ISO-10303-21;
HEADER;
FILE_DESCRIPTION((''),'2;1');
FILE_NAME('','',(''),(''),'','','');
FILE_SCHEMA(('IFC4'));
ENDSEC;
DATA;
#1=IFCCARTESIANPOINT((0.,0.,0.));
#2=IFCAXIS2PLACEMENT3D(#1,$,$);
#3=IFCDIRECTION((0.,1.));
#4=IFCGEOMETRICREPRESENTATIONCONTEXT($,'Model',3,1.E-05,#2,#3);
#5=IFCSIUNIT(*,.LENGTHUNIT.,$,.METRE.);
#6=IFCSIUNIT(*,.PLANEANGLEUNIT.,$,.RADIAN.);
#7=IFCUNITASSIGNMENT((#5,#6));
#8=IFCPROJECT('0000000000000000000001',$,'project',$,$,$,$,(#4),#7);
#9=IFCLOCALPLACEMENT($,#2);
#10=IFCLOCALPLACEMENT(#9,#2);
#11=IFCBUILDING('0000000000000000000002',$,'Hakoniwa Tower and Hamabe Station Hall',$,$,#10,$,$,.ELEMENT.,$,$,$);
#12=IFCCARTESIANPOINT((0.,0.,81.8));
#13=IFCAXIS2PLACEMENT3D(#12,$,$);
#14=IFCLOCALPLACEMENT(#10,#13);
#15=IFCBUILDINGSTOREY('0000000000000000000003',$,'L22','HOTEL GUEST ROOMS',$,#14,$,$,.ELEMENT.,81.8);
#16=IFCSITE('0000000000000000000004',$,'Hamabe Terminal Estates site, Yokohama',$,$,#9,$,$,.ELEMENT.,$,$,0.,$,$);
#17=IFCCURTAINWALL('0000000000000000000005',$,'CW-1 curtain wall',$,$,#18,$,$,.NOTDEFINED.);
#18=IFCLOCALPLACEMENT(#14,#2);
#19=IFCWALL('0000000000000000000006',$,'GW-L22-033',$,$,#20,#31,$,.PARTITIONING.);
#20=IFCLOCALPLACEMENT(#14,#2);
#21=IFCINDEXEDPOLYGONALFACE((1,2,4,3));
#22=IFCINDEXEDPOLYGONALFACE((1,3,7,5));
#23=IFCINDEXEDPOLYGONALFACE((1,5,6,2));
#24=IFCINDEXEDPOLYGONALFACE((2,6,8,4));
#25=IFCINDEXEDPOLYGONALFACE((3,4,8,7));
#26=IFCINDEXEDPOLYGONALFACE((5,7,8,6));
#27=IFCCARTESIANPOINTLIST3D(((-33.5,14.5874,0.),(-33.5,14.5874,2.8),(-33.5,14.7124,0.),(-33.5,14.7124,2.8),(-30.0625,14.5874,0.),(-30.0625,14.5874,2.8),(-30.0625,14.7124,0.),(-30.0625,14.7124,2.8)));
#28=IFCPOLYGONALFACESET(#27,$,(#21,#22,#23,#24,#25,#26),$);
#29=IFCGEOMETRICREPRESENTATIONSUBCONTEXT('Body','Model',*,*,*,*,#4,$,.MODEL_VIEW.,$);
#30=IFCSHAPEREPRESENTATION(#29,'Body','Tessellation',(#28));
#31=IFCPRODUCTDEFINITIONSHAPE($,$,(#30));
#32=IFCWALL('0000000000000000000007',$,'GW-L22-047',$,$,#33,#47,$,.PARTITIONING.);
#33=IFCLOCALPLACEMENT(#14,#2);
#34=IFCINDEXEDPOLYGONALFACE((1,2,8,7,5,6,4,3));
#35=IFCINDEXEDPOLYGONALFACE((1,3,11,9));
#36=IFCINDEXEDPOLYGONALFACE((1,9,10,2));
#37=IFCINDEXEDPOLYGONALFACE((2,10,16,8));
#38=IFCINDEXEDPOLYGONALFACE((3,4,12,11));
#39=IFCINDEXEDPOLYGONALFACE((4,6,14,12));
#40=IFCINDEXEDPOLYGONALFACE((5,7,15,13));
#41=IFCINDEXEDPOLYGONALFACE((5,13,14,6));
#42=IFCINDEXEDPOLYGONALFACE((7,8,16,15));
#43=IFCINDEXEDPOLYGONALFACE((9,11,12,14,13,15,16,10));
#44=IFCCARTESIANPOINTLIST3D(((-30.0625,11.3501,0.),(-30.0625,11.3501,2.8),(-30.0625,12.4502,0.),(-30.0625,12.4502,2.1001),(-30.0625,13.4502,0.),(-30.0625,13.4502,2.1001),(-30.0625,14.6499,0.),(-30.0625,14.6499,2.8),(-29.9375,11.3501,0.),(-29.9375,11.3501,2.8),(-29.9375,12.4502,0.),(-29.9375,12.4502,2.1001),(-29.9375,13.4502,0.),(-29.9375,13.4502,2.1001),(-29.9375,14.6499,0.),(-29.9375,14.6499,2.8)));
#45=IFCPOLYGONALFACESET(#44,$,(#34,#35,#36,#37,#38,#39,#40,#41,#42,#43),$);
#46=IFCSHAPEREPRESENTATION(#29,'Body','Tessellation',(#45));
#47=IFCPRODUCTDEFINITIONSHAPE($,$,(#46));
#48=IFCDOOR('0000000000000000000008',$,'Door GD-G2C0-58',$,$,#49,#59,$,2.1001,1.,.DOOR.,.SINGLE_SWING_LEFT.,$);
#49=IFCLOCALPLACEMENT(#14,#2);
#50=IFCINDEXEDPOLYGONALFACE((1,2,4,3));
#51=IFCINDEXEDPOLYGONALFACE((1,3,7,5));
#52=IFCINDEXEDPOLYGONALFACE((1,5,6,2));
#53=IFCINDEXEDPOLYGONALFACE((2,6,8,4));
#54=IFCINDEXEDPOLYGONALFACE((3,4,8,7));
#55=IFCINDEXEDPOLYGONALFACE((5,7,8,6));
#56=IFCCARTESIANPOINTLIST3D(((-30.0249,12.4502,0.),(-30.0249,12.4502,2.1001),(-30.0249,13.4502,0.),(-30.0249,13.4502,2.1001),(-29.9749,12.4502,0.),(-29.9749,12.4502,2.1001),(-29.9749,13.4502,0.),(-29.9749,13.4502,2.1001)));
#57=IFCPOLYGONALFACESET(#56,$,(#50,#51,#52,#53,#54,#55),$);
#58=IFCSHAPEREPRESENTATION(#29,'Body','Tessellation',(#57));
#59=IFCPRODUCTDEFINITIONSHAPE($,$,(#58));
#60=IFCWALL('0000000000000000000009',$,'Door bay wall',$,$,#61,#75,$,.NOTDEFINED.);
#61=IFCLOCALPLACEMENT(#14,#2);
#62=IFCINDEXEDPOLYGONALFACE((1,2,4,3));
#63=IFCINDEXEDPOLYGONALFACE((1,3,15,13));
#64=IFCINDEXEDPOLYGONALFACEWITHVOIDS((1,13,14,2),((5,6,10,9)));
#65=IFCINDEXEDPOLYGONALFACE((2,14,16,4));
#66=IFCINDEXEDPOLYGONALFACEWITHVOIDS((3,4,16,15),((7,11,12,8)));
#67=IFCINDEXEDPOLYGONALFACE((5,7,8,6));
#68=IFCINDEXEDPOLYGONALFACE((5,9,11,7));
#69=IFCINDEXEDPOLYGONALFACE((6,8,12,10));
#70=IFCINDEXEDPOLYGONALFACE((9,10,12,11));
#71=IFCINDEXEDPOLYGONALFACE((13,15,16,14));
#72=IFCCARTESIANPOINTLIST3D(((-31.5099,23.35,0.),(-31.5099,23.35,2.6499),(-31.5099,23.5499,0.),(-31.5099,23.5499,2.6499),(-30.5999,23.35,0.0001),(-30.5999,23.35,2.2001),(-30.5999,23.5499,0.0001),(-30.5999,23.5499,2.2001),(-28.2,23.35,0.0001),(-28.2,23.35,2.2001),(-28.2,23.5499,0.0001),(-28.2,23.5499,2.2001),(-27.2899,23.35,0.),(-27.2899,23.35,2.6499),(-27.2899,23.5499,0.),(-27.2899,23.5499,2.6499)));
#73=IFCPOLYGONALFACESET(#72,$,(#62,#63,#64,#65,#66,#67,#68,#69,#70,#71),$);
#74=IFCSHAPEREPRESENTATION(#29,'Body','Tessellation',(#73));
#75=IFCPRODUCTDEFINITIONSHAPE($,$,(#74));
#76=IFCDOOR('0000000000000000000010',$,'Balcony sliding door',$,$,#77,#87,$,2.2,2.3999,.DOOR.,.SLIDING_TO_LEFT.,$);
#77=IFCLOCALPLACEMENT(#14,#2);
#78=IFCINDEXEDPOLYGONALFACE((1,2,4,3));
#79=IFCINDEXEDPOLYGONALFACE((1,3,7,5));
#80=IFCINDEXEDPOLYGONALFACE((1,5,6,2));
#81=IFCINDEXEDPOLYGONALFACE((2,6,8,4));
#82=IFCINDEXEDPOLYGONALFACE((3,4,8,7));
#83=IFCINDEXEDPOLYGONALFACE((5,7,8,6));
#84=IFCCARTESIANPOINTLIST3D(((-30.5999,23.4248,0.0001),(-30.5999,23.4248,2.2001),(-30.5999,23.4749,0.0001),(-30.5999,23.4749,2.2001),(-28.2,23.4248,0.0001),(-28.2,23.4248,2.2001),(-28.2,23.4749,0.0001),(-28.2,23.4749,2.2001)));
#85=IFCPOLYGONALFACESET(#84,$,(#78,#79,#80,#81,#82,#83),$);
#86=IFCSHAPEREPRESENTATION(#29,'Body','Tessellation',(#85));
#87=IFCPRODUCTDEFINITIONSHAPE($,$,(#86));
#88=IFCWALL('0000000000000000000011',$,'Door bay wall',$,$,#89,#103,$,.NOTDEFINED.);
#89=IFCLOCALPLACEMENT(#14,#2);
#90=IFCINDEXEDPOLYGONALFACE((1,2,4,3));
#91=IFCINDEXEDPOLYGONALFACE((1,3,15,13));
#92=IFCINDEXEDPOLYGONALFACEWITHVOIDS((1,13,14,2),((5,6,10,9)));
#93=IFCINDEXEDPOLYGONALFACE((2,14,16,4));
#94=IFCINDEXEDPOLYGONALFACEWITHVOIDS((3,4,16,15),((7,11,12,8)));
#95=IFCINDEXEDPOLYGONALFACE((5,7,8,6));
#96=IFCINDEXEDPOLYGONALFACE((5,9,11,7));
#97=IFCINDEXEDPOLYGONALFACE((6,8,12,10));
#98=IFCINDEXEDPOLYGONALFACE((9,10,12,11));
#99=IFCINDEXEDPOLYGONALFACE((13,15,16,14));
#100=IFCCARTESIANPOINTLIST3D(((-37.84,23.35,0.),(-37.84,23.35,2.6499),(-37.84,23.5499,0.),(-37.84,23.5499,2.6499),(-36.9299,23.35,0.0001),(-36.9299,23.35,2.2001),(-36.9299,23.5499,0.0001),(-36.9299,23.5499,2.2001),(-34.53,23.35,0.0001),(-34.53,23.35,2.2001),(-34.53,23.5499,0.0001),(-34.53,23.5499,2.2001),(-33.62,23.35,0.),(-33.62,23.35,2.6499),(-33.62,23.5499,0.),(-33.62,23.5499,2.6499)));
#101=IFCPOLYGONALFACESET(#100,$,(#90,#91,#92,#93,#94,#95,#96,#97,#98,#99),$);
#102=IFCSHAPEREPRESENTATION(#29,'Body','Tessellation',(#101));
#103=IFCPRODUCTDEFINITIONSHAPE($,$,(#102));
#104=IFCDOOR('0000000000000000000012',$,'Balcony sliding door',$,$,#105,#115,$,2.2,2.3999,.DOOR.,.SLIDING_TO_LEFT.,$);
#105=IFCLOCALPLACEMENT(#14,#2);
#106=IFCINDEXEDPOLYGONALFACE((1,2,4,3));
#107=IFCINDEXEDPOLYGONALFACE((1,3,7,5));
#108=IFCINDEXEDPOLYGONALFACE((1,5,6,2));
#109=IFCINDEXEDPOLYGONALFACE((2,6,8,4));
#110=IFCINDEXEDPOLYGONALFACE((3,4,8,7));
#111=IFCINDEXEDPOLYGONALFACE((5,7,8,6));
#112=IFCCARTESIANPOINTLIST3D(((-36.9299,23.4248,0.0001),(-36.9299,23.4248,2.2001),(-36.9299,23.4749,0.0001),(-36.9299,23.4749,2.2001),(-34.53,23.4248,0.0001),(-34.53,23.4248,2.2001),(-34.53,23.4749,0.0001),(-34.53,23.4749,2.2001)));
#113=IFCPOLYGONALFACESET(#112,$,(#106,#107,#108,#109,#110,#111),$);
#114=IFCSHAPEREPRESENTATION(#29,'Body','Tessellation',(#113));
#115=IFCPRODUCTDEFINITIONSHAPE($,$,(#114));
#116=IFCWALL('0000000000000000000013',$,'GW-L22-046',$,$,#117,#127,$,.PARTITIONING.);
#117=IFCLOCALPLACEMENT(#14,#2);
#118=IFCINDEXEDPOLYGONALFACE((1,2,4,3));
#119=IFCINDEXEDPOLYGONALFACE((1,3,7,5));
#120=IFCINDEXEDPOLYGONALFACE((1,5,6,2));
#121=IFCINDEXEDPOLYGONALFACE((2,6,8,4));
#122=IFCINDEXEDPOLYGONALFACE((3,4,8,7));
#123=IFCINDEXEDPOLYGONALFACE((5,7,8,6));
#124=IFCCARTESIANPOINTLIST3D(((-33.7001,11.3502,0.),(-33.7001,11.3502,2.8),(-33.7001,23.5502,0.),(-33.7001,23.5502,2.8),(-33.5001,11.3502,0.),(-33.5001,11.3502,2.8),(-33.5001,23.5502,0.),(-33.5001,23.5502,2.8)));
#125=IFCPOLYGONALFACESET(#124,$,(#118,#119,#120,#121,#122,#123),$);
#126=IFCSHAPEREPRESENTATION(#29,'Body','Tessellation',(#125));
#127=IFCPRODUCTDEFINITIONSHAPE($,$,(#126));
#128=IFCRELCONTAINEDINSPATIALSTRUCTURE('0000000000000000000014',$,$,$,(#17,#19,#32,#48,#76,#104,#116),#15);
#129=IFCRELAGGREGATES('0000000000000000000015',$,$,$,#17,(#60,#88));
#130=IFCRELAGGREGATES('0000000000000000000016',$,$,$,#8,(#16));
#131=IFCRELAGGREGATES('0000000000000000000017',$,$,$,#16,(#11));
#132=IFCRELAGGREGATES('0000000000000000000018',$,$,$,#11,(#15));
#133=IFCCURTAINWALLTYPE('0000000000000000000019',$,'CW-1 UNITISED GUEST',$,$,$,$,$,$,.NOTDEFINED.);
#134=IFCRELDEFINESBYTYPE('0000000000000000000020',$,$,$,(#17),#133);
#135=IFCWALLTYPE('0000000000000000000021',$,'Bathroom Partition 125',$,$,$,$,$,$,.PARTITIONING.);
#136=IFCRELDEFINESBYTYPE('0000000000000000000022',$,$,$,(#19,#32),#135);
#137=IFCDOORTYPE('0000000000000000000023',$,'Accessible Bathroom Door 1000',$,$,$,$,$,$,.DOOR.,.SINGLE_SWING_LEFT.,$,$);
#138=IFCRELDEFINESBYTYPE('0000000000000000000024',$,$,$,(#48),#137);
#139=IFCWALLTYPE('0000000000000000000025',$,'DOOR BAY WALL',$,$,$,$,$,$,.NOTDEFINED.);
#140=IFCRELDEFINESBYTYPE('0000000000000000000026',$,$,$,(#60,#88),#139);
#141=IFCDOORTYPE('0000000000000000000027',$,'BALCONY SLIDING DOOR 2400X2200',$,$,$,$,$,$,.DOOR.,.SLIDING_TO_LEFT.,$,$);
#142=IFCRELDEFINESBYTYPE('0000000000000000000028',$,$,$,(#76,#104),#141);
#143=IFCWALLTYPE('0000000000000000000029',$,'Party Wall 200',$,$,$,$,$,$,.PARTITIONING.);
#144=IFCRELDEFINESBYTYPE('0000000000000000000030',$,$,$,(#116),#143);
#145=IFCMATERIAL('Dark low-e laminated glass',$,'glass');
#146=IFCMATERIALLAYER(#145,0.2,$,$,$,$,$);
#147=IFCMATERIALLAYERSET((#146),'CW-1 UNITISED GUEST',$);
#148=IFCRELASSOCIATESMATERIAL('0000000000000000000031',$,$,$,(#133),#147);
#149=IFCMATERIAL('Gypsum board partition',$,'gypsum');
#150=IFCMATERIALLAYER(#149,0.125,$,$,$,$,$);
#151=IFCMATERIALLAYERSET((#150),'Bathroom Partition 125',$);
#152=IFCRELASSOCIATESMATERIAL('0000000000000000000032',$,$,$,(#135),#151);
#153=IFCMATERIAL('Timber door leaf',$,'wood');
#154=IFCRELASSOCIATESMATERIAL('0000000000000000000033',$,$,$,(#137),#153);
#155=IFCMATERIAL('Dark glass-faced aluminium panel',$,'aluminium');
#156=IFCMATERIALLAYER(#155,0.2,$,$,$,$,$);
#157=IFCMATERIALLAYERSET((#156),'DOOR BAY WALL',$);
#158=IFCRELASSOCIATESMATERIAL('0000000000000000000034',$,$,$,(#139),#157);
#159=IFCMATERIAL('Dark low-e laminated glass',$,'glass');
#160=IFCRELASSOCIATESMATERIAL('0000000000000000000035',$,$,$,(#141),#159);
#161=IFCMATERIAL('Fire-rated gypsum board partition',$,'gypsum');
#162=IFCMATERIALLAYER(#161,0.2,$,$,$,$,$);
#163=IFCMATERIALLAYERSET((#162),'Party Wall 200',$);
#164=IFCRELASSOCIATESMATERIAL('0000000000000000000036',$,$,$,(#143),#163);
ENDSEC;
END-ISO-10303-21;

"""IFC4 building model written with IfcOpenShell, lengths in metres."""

from ifc_helpers import new_model, si_unit, direction, frame, frame_2d, origin, place, context, subcontext, project, spatial, rectangle, extrude, material, layer, layer_set, type_object, element, fill, aggregate, save


model = new_model("IFC4")

# Units and contexts
model_context = context("Model", 3, precision=1e-05, world=origin(), true_north=direction((0.0, 1.0)))
body_context = subcontext(model_context, "Body", "Model", "MODEL_VIEW")
ifc_project = project(units=[si_unit("LENGTHUNIT", "METRE"), si_unit("PLANEANGLEUNIT", "RADIAN")], contexts=[model_context])

# Site, building, storey
site_placement = place(None, origin())
site = spatial("IfcSite", under=ifc_project, at=site_placement, Name="Hamabe Terminal Estates site, Yokohama", CompositionType="ELEMENT", RefElevation=0.0)
building_placement = place(site_placement, origin())
building = spatial("IfcBuilding", under=site, at=building_placement, Name="Hakoniwa Tower and Hamabe Station Hall", CompositionType="ELEMENT")
storey_placement = place(building_placement, frame((0.0, 0.0, 81.8)))
storey = spatial("IfcBuildingStorey", under=building, at=storey_placement, Name="L22", Description="HOTEL GUEST ROOMS", CompositionType="ELEMENT", Elevation=81.8)

# Curtain wall
ifc_material_1 = material(Name="Dark low-e laminated glass", Category="glass")
ifc_layer_1 = layer(ifc_material_1, 0.2)
ifc_layer_set_1 = layer_set([ifc_layer_1], Name="CW-1 UNITISED GUEST")
curtain_wall_type = type_object("IfcCurtainWallType", Name="CW-1 UNITISED GUEST", PredefinedType="NOTDEFINED", material=ifc_layer_set_1)
curtain_wall_1_placement = place(storey_placement, origin())
curtain_wall_1 = element("IfcCurtainWall", 1, at=curtain_wall_1_placement, inside=storey, type_object=curtain_wall_type, Name="CW-1 curtain wall", PredefinedType="NOTDEFINED")

# Wall
ifc_material_2 = material(Name="Gypsum board partition", Category="gypsum")
ifc_layer_2 = layer(ifc_material_2, 0.125)
ifc_layer_set_2 = layer_set([ifc_layer_2], Name="Bathroom Partition 125")
wall_type_1 = type_object("IfcWallType", Name="Bathroom Partition 125", PredefinedType="PARTITIONING", material=ifc_layer_set_2)
wall_1_placement = place(storey_placement, frame((-33.5, 14.6499, 0.0), z_axis=(0.0, 0.0, 1.0), x_axis=(1.0, 0.0, 0.0)))
element("IfcWall", 2, at=wall_1_placement, inside=storey, type_object=wall_type_1, Name="GW-L22-033", PredefinedType="PARTITIONING", context=body_context, shape_type="SweptSolid", body=[
    extrude(rectangle(XDim=3.4375, YDim=0.125, at=frame_2d((1.7188, 0.0))), origin(), (0.0, 0.0, 1.0), 2.8),
])

# Walls, openings, doors
wall_2_placement = place(storey_placement, frame((-30.0, 11.3501, 0.0), z_axis=(0.0, 0.0, 1.0), x_axis=(0.0, 1.0, 0.0)))
wall_2 = element("IfcWall", 3, at=wall_2_placement, inside=storey, type_object=wall_type_1, Name="GW-L22-047", PredefinedType="PARTITIONING", context=body_context, shape_type="SweptSolid", body=[
    extrude(rectangle(XDim=3.2998, YDim=0.125, at=frame_2d((1.6499, 0.0))), origin(), (0.0, 0.0, 1.0), 2.8),
])
opening_1_placement = place(wall_2_placement, frame((1.1001, 0.0, 0.0)))
opening_1 = element("IfcOpeningElement", 4, at=opening_1_placement, cuts=wall_2, PredefinedType="OPENING", context=body_context, shape_type="SweptSolid", body=[
    extrude(rectangle(XDim=1.0, YDim=2.1001, at=frame_2d((0.5, 1.05))), frame((0.0, 0.0725, 0.0), z_axis=(0.0, -1.0, 0.0), x_axis=(1.0, 0.0, 0.0)), (0.0, 0.0, 1.0), 0.145),
])
ifc_material_3 = material(Name="Timber door leaf", Category="wood")
door_type_1 = type_object("IfcDoorType", Name="Accessible Bathroom Door 1000", OperationType="SINGLE_SWING_LEFT", PredefinedType="DOOR", material=ifc_material_3)
door_1_placement = place(opening_1_placement, origin())
door_1 = element("IfcDoor", 5, at=door_1_placement, inside=storey, type_object=door_type_1, Name="Door GD-G2C0-58", OperationType="SINGLE_SWING_LEFT", OverallHeight=2.1001, OverallWidth=1.0, PredefinedType="DOOR", context=body_context, shape_type="SweptSolid", body=[
    extrude(rectangle(XDim=1.0, YDim=2.1001, at=frame_2d((0.5, 1.05))), frame((0.0, 0.0249, 0.0), z_axis=(0.0, -1.0, 0.0), x_axis=(1.0, 0.0, 0.0)), (0.0, 0.0, 1.0), 0.05),
])
fill(opening_1, door_1)
ifc_material_4 = material(Name="Dark glass-faced aluminium panel", Category="aluminium")
ifc_layer_3 = layer(ifc_material_4, 0.2)
ifc_layer_set_3 = layer_set([ifc_layer_3], Name="DOOR BAY WALL")
wall_type_2 = type_object("IfcWallType", Name="DOOR BAY WALL", PredefinedType="NOTDEFINED", material=ifc_layer_set_3)
wall_3_placement = place(storey_placement, frame((-27.29, 23.45, 0.0), z_axis=(0.0, 0.0, 1.0), x_axis=(-1.0, 0.0, 0.0)))
wall_3 = element("IfcWall", 6, at=wall_3_placement, type_object=wall_type_2, Name="Door bay wall", PredefinedType="NOTDEFINED", context=body_context, shape_type="SweptSolid", body=[
    extrude(rectangle(XDim=4.22, YDim=0.2, at=frame_2d((2.1099, 0.0))), origin(), (0.0, 0.0, 1.0), 2.6499),
])
opening_2_placement = place(wall_3_placement, frame((0.9099, 0.0, 0.0)))
opening_2 = element("IfcOpeningElement", 7, at=opening_2_placement, cuts=wall_3, PredefinedType="OPENING", context=body_context, shape_type="SweptSolid", body=[
    extrude(rectangle(XDim=2.3999, YDim=2.2, at=frame_2d((1.2, 1.1001))), frame((0.0, 0.1099, 0.0), z_axis=(0.0, -1.0, 0.0), x_axis=(1.0, 0.0, 0.0)), (0.0, 0.0, 1.0), 0.22),
])
ifc_material_5 = material(Name="Dark low-e laminated glass", Category="glass")
door_type_2 = type_object("IfcDoorType", Name="BALCONY SLIDING DOOR 2400X2200", OperationType="SLIDING_TO_LEFT", PredefinedType="DOOR", material=ifc_material_5)
door_2_placement = place(opening_2_placement, frame((2.3999, 0.0, 0.0), z_axis=(0.0, 0.0, 1.0), x_axis=(-1.0, 0.0, 0.0)))
door_2 = element("IfcDoor", 8, at=door_2_placement, inside=storey, type_object=door_type_2, Name="Balcony sliding door", OperationType="SLIDING_TO_LEFT", OverallHeight=2.2, OverallWidth=2.3999, PredefinedType="DOOR", context=body_context, shape_type="SweptSolid", body=[
    extrude(rectangle(XDim=2.3999, YDim=2.2, at=frame_2d((1.2, 1.1001))), frame((0.0, 0.0249, 0.0), z_axis=(0.0, -1.0, 0.0), x_axis=(1.0, 0.0, 0.0)), (0.0, 0.0, 1.0), 0.05),
])
fill(opening_2, door_2)
wall_4_placement = place(storey_placement, frame((-33.6201, 23.45, 0.0), z_axis=(0.0, 0.0, 1.0), x_axis=(-1.0, 0.0, 0.0)))
wall_4 = element("IfcWall", 9, at=wall_4_placement, type_object=wall_type_2, Name="Door bay wall", PredefinedType="NOTDEFINED", context=body_context, shape_type="SweptSolid", body=[
    extrude(rectangle(XDim=4.22, YDim=0.2, at=frame_2d((2.1099, 0.0))), origin(), (0.0, 0.0, 1.0), 2.6499),
])
opening_3_placement = place(wall_4_placement, frame((0.9099, 0.0, 0.0)))
opening_3 = element("IfcOpeningElement", 10, at=opening_3_placement, cuts=wall_4, PredefinedType="OPENING", context=body_context, shape_type="SweptSolid", body=[
    extrude(rectangle(XDim=2.3999, YDim=2.2, at=frame_2d((1.2, 1.1001))), frame((0.0, 0.1099, 0.0), z_axis=(0.0, -1.0, 0.0), x_axis=(1.0, 0.0, 0.0)), (0.0, 0.0, 1.0), 0.22),
])
door_3_placement = place(opening_3_placement, frame((2.3999, 0.0, 0.0), z_axis=(0.0, 0.0, 1.0), x_axis=(-1.0, 0.0, 0.0)))
door_3 = element("IfcDoor", 11, at=door_3_placement, inside=storey, type_object=door_type_2, Name="Balcony sliding door", OperationType="SLIDING_TO_LEFT", OverallHeight=2.2, OverallWidth=2.3999, PredefinedType="DOOR", context=body_context, shape_type="SweptSolid", body=[
    extrude(rectangle(XDim=2.3999, YDim=2.2, at=frame_2d((1.2, 1.1001))), frame((0.0, 0.0249, 0.0), z_axis=(0.0, -1.0, 0.0), x_axis=(1.0, 0.0, 0.0)), (0.0, 0.0, 1.0), 0.05),
])
fill(opening_3, door_3)
aggregate(curtain_wall_1, [wall_3, wall_4])

# Wall
ifc_material_6 = material(Name="Fire-rated gypsum board partition", Category="gypsum")
ifc_layer_4 = layer(ifc_material_6, 0.2)
ifc_layer_set_4 = layer_set([ifc_layer_4], Name="Party Wall 200")
wall_type_3 = type_object("IfcWallType", Name="Party Wall 200", PredefinedType="PARTITIONING", material=ifc_layer_set_4)
wall_5_placement = place(storey_placement, frame((-33.6001, 11.3501, 0.0), z_axis=(0.0, 0.0, 1.0), x_axis=(0.0, 1.0, 0.0)))
element("IfcWall", 12, at=wall_5_placement, inside=storey, type_object=wall_type_3, Name="GW-L22-046", PredefinedType="PARTITIONING", context=body_context, shape_type="SweptSolid", body=[
    extrude(rectangle(XDim=12.2, YDim=0.2, at=frame_2d((6.1001, 0.0))), origin(), (0.0, 0.0, 1.0), 2.8),
])

save(model, "model.ifc")
